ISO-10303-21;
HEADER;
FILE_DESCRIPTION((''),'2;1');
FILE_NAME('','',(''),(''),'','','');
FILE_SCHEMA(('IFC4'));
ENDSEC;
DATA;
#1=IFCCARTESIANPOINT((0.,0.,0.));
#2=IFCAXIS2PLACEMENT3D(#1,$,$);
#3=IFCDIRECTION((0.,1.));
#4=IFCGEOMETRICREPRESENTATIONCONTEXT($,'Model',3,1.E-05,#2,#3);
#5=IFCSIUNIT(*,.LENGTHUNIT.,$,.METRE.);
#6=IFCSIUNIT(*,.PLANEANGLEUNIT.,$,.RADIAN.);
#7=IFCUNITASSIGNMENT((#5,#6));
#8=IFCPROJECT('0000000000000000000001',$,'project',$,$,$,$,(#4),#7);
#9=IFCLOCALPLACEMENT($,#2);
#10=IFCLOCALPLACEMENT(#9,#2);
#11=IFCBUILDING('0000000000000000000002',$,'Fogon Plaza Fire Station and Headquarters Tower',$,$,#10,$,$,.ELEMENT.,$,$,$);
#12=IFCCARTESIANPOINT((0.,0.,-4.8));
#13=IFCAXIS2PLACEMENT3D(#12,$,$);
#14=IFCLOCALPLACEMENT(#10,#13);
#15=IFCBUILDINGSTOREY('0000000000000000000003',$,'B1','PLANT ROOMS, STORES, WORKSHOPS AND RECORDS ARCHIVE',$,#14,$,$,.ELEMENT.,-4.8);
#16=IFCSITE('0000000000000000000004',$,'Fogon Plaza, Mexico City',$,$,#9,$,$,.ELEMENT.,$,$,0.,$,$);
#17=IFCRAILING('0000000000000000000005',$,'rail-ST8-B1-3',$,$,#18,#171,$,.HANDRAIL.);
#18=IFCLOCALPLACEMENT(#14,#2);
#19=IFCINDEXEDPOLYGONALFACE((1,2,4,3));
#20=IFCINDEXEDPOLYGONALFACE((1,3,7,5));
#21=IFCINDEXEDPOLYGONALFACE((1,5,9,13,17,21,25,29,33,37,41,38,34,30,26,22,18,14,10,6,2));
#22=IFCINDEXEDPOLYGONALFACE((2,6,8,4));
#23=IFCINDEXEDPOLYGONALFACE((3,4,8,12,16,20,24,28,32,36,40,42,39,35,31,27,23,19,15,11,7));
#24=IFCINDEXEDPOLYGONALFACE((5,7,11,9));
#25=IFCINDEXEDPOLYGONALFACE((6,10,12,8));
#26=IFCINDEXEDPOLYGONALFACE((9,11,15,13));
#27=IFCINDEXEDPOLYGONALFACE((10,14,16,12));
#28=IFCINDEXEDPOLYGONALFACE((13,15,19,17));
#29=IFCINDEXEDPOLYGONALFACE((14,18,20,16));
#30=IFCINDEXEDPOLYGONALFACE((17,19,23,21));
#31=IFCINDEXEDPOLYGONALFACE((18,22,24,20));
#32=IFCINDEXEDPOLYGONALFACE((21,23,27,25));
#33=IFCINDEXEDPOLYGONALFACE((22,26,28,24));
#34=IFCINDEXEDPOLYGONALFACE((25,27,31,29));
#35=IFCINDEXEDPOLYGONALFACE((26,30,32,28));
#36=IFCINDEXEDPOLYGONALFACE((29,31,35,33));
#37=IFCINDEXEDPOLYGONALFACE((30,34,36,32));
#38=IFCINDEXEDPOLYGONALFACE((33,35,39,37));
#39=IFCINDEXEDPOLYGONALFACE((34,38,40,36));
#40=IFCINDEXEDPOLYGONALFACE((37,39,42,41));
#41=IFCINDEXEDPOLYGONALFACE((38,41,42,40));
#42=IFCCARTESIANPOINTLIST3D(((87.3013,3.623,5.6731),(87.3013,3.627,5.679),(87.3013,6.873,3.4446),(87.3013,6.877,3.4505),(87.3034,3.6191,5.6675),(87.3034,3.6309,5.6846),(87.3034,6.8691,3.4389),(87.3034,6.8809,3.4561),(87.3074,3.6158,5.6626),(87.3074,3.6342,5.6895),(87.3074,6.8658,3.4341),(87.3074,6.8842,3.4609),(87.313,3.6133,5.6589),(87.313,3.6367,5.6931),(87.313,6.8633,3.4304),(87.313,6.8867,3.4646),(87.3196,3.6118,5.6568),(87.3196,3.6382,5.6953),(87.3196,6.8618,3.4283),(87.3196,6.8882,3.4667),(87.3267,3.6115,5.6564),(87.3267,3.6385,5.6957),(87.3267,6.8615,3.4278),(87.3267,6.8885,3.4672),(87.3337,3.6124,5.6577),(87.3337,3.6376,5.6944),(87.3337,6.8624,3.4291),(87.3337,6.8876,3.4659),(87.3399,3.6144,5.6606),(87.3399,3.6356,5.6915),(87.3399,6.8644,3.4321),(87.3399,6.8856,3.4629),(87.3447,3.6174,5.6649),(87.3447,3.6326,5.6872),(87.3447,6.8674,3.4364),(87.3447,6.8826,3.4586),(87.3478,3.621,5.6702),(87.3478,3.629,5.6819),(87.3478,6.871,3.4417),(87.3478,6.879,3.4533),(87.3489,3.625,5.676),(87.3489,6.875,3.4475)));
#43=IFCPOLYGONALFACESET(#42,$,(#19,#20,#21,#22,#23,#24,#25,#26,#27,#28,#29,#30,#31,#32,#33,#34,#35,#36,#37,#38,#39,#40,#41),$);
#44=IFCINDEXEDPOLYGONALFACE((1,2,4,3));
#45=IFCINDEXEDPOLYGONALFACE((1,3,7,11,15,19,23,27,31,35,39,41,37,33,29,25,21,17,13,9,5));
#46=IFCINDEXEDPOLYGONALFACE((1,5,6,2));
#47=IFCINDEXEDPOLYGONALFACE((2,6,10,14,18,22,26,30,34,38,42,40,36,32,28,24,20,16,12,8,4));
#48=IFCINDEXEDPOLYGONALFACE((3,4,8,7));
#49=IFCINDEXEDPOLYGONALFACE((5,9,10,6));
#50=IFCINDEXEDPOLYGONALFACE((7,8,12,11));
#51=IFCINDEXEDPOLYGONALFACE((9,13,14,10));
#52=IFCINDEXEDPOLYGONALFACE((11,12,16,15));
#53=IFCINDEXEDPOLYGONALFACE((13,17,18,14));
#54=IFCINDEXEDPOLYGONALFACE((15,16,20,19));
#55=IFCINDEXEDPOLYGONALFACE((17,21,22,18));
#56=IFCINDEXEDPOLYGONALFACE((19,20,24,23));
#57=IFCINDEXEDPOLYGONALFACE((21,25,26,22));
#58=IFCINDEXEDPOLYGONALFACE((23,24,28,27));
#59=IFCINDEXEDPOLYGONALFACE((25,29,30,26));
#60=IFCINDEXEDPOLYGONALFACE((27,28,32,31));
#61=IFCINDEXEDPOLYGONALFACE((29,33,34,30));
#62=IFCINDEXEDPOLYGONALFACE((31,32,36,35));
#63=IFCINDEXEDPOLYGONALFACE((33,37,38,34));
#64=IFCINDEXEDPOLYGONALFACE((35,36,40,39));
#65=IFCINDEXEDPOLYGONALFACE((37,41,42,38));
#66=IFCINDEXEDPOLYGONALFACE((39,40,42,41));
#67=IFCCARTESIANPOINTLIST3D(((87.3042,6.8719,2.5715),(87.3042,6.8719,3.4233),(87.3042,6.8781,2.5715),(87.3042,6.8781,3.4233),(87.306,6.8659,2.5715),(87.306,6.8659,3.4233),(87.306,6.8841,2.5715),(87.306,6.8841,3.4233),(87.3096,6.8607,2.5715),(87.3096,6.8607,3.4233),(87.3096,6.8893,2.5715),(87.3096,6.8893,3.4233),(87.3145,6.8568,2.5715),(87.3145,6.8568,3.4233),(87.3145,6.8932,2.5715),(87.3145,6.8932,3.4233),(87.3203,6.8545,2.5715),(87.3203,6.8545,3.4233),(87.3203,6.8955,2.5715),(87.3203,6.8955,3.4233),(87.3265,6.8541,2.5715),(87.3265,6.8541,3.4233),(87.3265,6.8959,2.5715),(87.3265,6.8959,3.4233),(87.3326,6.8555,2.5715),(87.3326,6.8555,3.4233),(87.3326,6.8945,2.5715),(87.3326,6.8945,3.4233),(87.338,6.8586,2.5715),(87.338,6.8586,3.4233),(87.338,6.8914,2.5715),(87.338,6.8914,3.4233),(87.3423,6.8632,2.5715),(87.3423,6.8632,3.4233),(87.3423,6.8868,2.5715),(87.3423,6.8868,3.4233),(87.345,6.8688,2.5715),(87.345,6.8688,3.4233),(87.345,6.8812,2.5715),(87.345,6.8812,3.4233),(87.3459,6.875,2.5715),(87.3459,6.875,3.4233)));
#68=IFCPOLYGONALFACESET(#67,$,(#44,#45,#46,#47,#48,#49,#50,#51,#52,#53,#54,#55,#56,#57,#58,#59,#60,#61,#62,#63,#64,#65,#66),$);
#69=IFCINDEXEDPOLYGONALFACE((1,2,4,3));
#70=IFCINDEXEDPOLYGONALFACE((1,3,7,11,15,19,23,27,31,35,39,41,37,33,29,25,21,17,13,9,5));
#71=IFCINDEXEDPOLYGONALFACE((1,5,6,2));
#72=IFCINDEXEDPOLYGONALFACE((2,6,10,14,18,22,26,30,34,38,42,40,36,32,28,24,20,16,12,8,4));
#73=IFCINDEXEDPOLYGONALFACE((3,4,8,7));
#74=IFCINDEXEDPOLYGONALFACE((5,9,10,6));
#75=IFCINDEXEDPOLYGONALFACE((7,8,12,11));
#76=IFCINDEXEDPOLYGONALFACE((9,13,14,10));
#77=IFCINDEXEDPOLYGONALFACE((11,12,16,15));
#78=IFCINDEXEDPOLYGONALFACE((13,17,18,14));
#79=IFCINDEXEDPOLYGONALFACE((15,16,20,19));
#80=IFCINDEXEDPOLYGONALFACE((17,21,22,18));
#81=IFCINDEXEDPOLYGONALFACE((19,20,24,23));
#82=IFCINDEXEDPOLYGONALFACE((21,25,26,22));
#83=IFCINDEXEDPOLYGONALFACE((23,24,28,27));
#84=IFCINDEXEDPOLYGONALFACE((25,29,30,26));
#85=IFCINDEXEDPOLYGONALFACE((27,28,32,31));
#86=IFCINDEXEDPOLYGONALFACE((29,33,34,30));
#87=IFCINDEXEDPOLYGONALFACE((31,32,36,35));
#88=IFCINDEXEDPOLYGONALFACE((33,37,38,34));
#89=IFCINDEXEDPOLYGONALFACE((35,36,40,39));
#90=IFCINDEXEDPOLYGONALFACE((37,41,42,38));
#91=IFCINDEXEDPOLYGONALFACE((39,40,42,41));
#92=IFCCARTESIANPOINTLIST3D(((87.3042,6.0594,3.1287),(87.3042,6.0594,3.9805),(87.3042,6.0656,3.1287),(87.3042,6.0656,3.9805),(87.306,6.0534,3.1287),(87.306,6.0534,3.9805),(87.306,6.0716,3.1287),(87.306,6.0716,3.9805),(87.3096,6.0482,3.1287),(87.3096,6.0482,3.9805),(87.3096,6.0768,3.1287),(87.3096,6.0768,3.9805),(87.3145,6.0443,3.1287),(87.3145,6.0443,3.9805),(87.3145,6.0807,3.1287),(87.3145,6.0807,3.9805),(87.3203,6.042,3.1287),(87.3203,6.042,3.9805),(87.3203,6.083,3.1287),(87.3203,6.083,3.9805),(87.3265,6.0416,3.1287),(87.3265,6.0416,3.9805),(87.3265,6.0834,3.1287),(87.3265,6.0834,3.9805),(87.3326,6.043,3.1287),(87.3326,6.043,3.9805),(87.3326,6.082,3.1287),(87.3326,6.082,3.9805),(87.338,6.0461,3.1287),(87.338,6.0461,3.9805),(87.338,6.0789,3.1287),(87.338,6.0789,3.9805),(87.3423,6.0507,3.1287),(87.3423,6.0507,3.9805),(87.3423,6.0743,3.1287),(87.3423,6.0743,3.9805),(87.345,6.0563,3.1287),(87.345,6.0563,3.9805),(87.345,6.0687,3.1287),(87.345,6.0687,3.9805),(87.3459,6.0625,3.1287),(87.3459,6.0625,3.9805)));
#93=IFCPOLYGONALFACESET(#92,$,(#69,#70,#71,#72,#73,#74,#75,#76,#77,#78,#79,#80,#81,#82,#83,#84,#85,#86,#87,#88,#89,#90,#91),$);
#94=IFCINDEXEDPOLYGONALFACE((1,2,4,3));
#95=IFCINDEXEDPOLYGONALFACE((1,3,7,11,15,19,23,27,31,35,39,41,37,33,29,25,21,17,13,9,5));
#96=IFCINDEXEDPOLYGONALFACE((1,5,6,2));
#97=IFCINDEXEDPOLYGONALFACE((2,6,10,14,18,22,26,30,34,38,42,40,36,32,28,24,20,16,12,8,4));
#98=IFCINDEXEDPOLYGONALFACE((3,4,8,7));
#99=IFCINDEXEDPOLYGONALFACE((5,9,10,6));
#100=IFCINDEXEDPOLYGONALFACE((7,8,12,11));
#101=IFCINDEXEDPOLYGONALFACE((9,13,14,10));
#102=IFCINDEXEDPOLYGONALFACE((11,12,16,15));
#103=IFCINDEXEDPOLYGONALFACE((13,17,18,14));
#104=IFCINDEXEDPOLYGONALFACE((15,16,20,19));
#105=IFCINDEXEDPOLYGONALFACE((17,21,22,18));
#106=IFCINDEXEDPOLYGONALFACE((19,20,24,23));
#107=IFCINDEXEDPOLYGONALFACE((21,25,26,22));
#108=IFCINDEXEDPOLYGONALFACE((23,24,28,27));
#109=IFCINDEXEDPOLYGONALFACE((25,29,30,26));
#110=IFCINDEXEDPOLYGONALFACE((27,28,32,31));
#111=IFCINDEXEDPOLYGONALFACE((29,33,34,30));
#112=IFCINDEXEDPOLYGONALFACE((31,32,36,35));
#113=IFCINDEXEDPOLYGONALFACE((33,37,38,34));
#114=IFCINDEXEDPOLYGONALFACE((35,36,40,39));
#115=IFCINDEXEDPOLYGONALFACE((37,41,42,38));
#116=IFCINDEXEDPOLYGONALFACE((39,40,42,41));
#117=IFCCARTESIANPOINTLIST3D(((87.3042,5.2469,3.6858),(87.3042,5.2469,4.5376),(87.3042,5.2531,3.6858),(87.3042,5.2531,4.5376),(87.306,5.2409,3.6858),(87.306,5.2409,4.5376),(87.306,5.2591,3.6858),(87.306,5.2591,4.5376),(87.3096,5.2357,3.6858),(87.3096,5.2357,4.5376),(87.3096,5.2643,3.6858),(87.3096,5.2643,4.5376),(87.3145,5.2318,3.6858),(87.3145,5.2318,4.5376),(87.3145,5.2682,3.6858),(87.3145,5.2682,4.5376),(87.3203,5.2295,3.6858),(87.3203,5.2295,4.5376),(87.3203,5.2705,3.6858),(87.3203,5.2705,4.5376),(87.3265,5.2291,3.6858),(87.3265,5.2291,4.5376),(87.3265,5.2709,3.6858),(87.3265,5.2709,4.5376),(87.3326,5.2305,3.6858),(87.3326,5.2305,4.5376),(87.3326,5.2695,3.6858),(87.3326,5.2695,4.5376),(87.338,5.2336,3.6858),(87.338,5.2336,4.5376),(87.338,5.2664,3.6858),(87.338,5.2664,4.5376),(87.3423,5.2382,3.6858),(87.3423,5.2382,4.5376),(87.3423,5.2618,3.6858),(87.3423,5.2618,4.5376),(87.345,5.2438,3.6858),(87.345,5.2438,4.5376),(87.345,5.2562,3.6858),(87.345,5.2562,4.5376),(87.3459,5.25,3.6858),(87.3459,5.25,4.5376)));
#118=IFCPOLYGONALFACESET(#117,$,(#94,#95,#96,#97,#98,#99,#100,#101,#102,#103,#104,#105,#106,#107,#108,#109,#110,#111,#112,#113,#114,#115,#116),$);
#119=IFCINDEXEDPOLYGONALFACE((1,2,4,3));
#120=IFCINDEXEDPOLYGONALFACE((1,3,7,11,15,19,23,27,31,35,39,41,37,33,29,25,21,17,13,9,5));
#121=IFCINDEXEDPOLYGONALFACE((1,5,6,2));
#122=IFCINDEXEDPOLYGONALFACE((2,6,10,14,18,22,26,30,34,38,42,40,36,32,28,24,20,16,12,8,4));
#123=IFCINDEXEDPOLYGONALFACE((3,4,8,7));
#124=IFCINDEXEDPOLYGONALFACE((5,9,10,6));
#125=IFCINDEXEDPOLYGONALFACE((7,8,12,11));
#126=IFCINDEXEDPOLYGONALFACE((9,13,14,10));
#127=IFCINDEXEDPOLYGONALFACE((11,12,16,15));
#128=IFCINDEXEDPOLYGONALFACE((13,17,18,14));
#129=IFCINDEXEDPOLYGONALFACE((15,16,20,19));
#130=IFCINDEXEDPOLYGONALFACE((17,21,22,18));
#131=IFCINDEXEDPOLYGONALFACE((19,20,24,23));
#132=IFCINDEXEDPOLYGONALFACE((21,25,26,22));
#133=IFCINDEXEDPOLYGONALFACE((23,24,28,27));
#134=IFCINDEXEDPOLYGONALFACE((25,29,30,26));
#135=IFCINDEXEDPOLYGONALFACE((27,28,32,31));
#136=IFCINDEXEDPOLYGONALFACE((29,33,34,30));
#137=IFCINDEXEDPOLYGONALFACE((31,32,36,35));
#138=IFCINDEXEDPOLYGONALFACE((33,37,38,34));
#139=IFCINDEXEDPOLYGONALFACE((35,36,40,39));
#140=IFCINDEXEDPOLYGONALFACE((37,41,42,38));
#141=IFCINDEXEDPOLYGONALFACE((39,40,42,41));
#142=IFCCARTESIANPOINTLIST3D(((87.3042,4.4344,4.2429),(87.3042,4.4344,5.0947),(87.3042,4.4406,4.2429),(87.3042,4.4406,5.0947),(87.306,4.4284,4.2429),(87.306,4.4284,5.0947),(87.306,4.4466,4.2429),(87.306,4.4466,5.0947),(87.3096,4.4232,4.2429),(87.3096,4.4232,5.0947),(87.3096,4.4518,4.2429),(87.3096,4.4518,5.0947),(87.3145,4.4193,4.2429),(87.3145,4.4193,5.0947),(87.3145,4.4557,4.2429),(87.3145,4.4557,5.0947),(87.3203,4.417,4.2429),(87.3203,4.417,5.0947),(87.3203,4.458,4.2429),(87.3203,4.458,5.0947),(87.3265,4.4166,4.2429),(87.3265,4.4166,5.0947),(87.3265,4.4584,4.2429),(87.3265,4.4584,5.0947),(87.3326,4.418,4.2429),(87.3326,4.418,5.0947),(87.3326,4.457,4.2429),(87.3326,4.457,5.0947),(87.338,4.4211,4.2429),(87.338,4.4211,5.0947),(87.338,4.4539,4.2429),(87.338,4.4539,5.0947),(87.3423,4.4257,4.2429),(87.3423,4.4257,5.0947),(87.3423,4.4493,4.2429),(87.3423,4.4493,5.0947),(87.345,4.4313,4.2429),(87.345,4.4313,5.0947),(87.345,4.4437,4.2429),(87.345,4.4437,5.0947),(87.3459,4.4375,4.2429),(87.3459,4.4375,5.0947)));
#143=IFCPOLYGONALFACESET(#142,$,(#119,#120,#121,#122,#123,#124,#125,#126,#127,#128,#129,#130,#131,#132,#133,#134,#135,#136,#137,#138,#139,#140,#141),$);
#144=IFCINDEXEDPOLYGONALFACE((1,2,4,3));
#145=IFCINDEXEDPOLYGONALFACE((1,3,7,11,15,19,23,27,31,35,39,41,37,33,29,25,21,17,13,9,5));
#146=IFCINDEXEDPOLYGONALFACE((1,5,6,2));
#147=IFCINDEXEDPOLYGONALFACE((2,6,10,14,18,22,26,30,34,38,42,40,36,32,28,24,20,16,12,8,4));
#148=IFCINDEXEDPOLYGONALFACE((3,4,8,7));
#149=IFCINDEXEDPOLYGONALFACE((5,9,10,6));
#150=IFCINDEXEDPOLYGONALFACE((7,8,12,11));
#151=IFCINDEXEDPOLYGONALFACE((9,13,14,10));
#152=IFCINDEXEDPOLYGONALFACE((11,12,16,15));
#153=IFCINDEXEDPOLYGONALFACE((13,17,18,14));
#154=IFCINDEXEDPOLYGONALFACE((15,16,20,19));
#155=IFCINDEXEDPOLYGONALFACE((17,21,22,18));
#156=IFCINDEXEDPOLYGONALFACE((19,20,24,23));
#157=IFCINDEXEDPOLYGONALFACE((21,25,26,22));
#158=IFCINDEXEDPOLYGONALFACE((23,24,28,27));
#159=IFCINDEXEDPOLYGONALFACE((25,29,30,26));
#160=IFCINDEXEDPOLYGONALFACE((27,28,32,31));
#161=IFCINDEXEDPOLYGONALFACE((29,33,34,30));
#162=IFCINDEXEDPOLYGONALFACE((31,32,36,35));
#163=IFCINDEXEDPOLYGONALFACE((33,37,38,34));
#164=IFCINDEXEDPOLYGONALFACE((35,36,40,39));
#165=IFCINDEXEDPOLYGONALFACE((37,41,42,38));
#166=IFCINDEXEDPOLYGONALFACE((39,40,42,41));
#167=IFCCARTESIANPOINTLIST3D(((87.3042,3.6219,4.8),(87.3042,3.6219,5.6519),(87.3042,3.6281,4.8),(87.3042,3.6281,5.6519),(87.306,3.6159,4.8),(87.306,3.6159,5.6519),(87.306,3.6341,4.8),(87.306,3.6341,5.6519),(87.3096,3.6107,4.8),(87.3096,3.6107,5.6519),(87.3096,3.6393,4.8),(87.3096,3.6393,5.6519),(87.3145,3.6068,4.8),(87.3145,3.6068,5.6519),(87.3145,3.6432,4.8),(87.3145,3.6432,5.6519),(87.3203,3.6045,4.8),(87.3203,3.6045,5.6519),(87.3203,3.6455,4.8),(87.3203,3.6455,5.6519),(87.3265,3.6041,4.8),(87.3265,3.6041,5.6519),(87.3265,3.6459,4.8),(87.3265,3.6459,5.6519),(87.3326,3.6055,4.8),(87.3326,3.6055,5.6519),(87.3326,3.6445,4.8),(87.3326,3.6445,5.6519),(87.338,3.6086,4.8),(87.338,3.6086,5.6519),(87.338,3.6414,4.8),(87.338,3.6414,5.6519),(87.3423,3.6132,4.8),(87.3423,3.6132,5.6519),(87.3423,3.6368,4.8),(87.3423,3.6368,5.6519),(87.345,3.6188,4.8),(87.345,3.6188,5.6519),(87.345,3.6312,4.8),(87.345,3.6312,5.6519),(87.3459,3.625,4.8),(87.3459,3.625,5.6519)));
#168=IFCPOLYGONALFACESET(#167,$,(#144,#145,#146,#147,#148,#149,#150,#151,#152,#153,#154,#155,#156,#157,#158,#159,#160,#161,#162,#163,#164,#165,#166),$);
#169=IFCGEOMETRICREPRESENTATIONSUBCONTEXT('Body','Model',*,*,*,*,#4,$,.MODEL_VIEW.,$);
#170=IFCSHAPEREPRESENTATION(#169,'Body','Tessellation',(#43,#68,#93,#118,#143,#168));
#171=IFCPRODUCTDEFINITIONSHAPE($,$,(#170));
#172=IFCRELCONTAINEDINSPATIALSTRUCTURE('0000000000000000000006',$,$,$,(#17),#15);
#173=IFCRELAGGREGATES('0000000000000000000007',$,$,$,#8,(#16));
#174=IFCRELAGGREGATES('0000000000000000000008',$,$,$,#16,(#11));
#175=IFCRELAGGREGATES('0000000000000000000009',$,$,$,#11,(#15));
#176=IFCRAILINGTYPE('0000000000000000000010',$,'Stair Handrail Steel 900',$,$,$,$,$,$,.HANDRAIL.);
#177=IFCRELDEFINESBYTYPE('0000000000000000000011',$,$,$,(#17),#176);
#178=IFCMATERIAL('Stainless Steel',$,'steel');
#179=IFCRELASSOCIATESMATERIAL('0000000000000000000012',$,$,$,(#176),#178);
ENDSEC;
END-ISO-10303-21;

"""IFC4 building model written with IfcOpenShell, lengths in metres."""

from ifc_helpers import new_model, si_unit, direction, frame, origin, origin_2d, place, context, subcontext, project, spatial, circle, extrude, material, type_object, element, save


model = new_model("IFC4")

# Units and contexts
model_context = context("Model", 3, precision=1e-05, world=origin(), true_north=direction((0.0, 1.0)))
body_context = subcontext(model_context, "Body", "Model", "MODEL_VIEW")
ifc_project = project(units=[si_unit("LENGTHUNIT", "METRE"), si_unit("PLANEANGLEUNIT", "RADIAN")], contexts=[model_context])

# Site, building, storey
site_placement = place(None, origin())
site = spatial("IfcSite", under=ifc_project, at=site_placement, Name="Fogon Plaza, Mexico City", CompositionType="ELEMENT", RefElevation=0.0)
building_placement = place(site_placement, origin())
building = spatial("IfcBuilding", under=site, at=building_placement, Name="Fogon Plaza Fire Station and Headquarters Tower", CompositionType="ELEMENT")
storey_placement = place(building_placement, frame((0.0, 0.0, -4.8)))
storey = spatial("IfcBuildingStorey", under=building, at=storey_placement, Name="B1", Description="PLANT ROOMS, STORES, WORKSHOPS AND RECORDS ARCHIVE", CompositionType="ELEMENT", Elevation=-4.8)

# Railing
ifc_material_1 = material(Name="Stainless Steel", Category="steel")
railing_type = type_object("IfcRailingType", Name="Stair Handrail Steel 900", PredefinedType="HANDRAIL", material=ifc_material_1)
for number, where, name in (
    (1, (87.325, 6.875, 2.5715), "rail-ST8-B1-3"),
):
    element("IfcRailing", number, at=place(storey_placement, frame(where)), inside=storey, type_object=railing_type, Name=name, PredefinedType="HANDRAIL", context=body_context, shape_type="SweptSolid", body=[
        extrude(circle(Radius=0.0239, at=origin_2d()), frame((0.0, 0.0, 0.876), z_axis=(0.0, -0.824735, 0.565519), x_axis=(1.0, 0.0, 0.0)), (0.0, 0.0, 1.0), 3.9407),
        extrude(circle(Radius=0.021, at=origin_2d()), origin(), (0.0, 0.0, 1.0), 0.8518),
        extrude(circle(Radius=0.021, at=origin_2d()), frame((0.0, -0.8125, 0.5571)), (0.0, 0.0, 1.0), 0.8518),
        extrude(circle(Radius=0.021, at=origin_2d()), frame((0.0, -1.625, 1.1143)), (0.0, 0.0, 1.0), 0.8518),
        extrude(circle(Radius=0.021, at=origin_2d()), frame((0.0, -2.4375, 1.6714)), (0.0, 0.0, 1.0), 0.8518),
        extrude(circle(Radius=0.021, at=origin_2d()), frame((0.0, -3.25, 2.2285)), (0.0, 0.0, 1.0), 0.8518),
    ])

save(model, "model.ifc")
